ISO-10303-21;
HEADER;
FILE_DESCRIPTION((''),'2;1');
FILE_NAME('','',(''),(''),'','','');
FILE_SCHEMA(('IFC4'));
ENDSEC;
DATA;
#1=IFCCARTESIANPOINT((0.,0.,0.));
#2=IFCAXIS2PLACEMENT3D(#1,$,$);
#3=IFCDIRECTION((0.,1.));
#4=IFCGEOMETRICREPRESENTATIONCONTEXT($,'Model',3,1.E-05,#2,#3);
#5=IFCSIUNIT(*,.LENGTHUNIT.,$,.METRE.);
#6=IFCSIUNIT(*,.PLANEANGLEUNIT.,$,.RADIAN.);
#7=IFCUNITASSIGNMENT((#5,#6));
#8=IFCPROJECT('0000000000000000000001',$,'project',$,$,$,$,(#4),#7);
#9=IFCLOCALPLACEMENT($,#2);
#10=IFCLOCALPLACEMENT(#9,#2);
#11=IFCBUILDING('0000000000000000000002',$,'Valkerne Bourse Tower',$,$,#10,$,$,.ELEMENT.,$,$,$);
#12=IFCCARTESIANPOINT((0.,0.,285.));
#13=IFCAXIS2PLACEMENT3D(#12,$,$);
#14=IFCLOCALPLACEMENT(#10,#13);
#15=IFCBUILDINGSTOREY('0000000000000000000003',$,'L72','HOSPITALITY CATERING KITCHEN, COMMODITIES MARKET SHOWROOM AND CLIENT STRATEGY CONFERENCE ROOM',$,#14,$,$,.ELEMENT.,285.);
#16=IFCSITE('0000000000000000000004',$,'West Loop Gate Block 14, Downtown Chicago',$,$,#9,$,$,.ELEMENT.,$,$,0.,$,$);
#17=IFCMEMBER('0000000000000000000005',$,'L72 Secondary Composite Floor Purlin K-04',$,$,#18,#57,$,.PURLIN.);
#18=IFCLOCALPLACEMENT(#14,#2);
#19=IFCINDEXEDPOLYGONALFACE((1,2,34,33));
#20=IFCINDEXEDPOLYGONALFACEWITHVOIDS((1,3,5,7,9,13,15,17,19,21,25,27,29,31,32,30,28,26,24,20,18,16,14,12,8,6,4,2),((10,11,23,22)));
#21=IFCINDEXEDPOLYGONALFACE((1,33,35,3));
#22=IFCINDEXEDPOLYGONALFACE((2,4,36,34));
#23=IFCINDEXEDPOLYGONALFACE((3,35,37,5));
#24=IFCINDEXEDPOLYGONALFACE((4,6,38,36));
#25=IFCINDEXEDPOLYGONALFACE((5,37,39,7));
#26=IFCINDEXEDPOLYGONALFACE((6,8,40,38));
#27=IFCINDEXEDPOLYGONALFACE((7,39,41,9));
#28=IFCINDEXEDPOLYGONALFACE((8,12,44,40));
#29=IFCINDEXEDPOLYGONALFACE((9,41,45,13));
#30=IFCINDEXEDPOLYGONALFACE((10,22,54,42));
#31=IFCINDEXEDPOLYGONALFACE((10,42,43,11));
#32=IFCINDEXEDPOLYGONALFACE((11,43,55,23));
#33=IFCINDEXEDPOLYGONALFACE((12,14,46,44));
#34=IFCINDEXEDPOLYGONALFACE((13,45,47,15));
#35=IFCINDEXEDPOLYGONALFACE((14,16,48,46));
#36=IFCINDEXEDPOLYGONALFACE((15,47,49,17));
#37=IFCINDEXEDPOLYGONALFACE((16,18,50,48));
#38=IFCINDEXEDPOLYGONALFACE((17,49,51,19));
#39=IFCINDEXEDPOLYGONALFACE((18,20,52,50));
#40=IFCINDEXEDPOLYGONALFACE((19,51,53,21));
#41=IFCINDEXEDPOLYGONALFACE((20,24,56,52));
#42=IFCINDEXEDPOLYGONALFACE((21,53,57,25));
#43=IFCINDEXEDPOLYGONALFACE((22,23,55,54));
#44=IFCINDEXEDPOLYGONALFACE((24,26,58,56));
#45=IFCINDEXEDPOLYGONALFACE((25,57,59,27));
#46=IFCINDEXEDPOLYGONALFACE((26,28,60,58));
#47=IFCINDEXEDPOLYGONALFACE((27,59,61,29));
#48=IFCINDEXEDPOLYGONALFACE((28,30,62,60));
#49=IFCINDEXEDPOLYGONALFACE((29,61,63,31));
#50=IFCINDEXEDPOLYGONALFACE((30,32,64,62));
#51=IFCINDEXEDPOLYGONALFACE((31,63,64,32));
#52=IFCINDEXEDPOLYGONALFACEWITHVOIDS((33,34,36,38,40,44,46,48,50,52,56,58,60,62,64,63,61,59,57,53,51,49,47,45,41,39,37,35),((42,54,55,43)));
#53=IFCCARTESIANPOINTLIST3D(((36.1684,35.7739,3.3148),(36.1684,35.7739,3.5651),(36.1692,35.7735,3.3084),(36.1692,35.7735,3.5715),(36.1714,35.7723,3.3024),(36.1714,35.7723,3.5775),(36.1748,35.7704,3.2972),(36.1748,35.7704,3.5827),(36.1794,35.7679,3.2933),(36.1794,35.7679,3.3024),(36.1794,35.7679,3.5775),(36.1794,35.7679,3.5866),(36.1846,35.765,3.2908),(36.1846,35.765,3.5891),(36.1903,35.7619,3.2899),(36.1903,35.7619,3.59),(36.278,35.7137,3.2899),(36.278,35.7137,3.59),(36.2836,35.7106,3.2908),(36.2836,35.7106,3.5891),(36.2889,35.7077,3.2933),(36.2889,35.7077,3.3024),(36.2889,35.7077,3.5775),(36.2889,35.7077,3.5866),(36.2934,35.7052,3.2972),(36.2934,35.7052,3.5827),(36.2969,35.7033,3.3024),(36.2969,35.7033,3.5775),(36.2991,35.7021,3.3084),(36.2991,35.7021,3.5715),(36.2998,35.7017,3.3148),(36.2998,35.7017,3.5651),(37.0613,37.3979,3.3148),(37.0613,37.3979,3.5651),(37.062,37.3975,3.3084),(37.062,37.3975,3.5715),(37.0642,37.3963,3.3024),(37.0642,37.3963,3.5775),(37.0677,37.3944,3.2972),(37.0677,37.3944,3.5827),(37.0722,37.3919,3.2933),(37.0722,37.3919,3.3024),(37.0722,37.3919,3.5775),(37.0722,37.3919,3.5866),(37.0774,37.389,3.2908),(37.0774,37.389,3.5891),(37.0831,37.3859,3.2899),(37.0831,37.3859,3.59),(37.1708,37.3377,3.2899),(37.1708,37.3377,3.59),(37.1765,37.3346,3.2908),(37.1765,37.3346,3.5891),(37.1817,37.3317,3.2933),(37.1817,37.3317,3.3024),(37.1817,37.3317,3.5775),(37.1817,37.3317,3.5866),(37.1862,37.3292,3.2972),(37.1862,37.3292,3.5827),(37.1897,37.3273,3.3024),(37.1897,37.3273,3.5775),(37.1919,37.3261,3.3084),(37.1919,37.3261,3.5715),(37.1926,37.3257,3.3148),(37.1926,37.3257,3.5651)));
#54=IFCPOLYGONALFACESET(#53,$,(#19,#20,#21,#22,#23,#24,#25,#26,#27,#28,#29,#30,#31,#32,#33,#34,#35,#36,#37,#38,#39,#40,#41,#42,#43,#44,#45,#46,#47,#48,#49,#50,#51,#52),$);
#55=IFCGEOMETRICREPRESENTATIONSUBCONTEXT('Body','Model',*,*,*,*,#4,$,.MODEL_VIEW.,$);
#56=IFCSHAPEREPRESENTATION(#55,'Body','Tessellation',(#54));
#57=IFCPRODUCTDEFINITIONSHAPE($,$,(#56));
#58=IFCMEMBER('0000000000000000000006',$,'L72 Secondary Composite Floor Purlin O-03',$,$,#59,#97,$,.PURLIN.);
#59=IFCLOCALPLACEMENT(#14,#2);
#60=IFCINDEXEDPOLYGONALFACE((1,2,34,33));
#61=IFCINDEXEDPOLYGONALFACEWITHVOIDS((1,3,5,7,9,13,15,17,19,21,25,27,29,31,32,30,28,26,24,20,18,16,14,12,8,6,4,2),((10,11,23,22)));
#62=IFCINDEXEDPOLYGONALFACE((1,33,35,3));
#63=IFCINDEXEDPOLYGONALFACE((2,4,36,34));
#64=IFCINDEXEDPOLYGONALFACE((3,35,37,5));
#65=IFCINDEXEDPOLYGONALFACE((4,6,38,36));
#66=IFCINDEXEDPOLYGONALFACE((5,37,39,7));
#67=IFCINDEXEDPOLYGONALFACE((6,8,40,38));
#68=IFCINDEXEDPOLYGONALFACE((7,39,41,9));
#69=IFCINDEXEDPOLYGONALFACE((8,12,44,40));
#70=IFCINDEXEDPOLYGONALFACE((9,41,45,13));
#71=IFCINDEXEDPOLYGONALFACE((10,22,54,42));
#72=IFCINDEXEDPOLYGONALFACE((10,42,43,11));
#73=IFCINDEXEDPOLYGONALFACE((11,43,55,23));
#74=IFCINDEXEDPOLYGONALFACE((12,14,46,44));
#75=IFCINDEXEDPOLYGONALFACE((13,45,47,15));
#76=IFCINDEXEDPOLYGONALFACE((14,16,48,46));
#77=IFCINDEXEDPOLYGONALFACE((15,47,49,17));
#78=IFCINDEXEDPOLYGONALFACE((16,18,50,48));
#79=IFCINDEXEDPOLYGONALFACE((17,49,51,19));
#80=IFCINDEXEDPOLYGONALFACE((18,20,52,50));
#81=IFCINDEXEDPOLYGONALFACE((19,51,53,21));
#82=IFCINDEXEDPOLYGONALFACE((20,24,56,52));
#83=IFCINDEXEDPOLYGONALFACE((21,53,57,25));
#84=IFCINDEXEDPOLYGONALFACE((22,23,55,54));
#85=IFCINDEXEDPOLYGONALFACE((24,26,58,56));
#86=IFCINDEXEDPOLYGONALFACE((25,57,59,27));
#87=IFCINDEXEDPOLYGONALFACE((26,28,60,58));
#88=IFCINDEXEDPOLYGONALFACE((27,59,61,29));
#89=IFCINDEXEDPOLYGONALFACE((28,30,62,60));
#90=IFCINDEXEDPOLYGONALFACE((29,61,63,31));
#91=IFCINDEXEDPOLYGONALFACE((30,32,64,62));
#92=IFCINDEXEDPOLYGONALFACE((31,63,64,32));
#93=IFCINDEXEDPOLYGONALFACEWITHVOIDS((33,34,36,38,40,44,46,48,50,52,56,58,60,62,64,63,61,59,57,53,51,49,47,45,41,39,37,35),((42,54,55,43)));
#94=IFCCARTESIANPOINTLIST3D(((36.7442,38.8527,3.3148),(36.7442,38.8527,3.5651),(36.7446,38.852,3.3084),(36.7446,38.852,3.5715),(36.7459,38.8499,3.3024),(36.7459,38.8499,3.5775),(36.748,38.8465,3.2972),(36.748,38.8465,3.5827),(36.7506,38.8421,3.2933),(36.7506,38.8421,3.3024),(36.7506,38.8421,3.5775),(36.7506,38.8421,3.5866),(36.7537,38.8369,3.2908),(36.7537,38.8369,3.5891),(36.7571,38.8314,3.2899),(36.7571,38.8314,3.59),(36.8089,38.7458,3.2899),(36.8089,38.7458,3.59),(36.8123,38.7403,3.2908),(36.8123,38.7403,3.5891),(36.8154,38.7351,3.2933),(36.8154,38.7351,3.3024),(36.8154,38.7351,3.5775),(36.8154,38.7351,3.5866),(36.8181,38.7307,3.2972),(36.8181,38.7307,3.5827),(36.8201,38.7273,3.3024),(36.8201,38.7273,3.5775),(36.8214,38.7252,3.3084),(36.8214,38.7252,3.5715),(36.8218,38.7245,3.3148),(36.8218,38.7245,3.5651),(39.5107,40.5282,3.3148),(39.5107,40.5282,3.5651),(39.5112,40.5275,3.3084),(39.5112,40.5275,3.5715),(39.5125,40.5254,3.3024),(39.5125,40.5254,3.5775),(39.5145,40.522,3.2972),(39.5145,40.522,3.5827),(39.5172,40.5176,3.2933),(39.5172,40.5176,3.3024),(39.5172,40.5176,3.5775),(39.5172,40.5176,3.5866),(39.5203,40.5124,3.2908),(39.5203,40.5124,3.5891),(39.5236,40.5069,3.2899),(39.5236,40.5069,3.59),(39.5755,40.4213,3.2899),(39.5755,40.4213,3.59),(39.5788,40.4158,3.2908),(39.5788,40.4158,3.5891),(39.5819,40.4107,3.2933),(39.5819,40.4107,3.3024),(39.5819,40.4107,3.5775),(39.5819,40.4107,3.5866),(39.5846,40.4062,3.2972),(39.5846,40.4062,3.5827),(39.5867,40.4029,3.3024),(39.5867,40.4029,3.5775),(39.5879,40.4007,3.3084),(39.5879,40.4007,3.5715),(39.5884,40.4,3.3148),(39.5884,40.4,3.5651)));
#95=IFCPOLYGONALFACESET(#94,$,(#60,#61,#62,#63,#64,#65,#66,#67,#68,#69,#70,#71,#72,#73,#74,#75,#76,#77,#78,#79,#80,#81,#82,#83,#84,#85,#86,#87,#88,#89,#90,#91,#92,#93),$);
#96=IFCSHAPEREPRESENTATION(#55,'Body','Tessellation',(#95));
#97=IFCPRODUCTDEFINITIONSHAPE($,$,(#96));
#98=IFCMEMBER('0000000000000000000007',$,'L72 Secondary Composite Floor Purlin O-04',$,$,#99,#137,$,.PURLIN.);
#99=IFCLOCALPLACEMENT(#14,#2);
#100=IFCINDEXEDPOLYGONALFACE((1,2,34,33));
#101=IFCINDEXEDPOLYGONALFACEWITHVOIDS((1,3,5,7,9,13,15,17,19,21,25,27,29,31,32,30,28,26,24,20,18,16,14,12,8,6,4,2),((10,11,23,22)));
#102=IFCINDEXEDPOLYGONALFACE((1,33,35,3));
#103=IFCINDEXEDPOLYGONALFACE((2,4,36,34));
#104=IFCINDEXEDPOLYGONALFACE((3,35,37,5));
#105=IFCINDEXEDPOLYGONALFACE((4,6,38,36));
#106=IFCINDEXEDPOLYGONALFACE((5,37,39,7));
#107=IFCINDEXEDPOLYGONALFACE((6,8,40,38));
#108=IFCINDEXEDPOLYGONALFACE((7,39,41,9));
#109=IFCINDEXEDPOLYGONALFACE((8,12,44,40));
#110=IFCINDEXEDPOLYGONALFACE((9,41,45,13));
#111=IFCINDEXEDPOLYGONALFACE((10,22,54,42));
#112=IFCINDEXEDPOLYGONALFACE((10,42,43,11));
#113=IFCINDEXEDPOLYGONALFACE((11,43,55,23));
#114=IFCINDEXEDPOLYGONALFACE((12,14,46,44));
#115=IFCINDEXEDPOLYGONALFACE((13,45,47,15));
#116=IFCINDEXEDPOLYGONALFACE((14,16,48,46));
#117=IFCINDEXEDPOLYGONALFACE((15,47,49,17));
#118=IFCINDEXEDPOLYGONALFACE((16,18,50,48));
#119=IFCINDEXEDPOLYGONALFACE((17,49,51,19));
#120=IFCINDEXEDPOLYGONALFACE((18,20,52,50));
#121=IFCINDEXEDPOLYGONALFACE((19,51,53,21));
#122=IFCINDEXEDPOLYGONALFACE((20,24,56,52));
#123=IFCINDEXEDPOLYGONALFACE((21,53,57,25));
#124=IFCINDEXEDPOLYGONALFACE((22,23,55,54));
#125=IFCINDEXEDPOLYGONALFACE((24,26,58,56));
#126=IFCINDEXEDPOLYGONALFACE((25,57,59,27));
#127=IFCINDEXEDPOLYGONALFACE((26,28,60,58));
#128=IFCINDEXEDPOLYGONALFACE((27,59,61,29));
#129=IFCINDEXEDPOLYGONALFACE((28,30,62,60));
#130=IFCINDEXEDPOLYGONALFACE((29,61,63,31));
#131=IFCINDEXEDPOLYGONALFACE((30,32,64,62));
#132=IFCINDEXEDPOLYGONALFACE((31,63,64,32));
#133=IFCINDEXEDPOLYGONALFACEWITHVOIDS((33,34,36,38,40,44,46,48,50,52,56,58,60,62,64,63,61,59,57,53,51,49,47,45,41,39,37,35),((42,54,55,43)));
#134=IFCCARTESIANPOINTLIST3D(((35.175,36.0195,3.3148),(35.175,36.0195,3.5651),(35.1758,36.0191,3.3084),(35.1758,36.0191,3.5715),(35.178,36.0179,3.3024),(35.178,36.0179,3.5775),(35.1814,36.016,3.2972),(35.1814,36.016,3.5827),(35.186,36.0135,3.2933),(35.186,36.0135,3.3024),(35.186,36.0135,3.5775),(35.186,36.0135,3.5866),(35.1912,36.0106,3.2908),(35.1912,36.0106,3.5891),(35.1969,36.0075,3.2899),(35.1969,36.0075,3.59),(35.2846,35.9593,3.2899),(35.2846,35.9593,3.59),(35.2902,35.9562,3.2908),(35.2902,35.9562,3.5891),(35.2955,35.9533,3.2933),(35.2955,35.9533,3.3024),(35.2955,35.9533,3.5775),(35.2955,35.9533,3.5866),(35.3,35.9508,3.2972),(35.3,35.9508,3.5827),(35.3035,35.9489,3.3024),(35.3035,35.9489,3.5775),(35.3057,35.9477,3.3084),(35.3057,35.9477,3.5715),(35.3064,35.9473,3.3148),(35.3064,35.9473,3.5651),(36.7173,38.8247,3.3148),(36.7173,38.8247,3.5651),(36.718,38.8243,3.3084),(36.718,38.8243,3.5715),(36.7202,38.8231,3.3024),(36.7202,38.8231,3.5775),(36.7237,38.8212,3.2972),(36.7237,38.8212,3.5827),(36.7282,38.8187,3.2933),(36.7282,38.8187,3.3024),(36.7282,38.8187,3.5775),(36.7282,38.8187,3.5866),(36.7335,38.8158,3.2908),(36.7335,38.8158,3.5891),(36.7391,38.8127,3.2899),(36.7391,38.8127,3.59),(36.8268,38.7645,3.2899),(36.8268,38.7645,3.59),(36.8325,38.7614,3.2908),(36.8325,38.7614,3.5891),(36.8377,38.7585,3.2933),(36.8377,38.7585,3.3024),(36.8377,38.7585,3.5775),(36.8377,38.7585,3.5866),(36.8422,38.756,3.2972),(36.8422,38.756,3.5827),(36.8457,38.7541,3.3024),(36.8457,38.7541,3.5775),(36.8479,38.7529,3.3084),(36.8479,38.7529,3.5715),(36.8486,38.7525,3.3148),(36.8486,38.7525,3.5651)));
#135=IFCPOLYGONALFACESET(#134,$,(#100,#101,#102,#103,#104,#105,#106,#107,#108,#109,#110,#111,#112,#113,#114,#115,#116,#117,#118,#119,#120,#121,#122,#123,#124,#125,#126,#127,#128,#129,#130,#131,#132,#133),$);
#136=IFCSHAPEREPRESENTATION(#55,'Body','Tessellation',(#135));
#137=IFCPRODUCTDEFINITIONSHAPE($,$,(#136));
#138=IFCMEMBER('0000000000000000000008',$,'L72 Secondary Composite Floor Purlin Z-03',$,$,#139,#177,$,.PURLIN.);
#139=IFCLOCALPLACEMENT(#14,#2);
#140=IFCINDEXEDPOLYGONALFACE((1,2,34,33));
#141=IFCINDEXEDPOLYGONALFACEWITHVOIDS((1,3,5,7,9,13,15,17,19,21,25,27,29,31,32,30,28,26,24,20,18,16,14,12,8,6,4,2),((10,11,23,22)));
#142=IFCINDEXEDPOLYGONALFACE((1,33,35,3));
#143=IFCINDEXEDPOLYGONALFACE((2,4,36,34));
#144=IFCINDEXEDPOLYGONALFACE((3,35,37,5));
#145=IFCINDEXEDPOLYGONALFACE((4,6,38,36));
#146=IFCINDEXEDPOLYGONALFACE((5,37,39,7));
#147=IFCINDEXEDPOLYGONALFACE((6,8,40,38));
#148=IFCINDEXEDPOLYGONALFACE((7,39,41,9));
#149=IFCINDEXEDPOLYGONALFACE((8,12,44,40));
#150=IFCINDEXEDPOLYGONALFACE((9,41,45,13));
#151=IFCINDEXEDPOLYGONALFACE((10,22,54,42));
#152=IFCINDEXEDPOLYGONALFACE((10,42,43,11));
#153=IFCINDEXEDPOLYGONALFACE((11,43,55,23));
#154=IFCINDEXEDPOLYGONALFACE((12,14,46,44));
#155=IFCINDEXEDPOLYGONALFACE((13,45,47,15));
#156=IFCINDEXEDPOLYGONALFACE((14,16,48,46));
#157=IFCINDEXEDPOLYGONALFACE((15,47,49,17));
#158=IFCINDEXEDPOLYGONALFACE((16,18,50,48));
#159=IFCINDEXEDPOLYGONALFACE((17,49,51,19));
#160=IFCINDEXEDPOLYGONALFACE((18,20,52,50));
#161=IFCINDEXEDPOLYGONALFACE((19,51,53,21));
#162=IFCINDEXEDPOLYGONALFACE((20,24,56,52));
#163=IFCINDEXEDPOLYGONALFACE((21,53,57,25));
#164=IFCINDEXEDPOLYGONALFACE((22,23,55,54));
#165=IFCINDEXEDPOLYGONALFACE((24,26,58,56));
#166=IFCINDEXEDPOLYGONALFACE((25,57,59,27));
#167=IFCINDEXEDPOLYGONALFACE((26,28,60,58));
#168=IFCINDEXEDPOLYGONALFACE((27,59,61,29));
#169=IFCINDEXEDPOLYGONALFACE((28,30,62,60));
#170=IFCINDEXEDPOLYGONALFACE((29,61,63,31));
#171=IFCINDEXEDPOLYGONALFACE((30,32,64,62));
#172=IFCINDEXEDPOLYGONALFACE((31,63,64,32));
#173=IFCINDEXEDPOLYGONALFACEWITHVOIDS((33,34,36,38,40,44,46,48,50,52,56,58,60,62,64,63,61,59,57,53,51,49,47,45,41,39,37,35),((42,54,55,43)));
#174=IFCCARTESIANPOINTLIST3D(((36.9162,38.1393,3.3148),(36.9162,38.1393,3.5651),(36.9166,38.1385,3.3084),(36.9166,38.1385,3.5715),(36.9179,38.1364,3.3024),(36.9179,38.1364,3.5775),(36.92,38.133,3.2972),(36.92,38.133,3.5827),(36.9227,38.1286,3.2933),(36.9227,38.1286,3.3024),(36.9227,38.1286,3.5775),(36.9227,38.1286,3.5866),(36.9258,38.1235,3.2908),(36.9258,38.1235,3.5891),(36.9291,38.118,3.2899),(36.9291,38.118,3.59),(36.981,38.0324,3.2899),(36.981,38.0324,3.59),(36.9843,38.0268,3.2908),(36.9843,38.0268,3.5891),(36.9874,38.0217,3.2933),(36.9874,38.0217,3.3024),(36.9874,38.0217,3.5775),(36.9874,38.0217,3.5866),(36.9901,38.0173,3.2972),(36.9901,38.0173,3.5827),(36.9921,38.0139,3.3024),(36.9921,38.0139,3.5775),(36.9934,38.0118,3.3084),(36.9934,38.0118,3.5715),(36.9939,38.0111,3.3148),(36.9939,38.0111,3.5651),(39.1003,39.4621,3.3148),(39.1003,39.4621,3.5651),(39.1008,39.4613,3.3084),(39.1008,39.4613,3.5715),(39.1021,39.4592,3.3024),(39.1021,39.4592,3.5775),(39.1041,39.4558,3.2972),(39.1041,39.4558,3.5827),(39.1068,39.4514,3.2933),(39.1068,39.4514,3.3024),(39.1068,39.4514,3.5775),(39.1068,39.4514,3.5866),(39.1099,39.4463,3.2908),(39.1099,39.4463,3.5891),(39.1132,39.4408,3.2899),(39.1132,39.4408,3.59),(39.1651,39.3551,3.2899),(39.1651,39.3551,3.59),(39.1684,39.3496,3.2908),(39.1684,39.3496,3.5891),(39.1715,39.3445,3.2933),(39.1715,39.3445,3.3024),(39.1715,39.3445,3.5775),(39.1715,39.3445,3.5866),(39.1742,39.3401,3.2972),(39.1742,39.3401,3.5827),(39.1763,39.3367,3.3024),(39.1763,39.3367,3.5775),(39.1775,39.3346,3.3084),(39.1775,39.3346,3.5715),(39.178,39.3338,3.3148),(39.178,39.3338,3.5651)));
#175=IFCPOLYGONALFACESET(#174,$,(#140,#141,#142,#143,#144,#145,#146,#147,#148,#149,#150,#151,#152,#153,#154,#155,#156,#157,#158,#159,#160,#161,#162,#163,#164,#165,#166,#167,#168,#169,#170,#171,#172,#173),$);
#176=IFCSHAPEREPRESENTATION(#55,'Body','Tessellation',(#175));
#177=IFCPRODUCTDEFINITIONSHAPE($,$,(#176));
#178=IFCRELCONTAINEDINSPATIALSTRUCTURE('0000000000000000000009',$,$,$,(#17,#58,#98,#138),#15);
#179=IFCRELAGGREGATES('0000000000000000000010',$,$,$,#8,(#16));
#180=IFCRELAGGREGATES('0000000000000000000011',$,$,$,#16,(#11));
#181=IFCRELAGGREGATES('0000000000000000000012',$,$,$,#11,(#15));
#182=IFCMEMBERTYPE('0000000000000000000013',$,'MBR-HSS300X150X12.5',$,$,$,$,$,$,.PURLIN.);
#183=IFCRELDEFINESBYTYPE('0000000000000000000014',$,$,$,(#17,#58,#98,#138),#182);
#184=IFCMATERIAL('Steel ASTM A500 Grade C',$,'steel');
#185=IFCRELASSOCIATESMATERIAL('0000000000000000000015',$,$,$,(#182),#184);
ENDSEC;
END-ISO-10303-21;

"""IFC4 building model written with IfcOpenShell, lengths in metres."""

from ifc_helpers import new_model, si_unit, direction, frame, origin, origin_2d, place, context, subcontext, project, spatial, hollow_rectangle, extrude, material, material_profile, profile_set, type_object, element, save


model = new_model("IFC4")

# Units and contexts
model_context = context("Model", 3, precision=1e-05, world=origin(), true_north=direction((0.0, 1.0)))
body_context = subcontext(model_context, "Body", "Model", "MODEL_VIEW")
ifc_project = project(units=[si_unit("LENGTHUNIT", "METRE"), si_unit("PLANEANGLEUNIT", "RADIAN")], contexts=[model_context])

# Site, building, storey
site_placement = place(None, origin())
site = spatial("IfcSite", under=ifc_project, at=site_placement, Name="West Loop Gate Block 14, Downtown Chicago", CompositionType="ELEMENT", RefElevation=0.0)
building_placement = place(site_placement, origin())
building = spatial("IfcBuilding", under=site, at=building_placement, Name="Valkerne Bourse Tower", CompositionType="ELEMENT")
storey_placement = place(building_placement, frame((0.0, 0.0, 285.0)))
storey = spatial("IfcBuildingStorey", under=building, at=storey_placement, Name="L72", Description="HOSPITALITY CATERING KITCHEN, COMMODITIES MARKET SHOWROOM AND CLIENT STRATEGY CONFERENCE ROOM", CompositionType="ELEMENT", Elevation=285.0)

# Members
ifc_material_1 = material(Name="Steel ASTM A500 Grade C", Category="steel")
ifc_material_profile_1 = material_profile(ifc_material_1, hollow_rectangle(XDim=0.1499, YDim=0.3, WallThickness=0.0125, OuterFilletRadius=0.0249, at=origin_2d()), Name="HSS300X150X12.5")
ifc_profile_set_1 = profile_set([ifc_material_profile_1], Name="Steel ASTM A500 Grade C")
member_type_1 = type_object("IfcMemberType", Name="MBR-HSS300X150X12.5", PredefinedType="PURLIN", material=ifc_profile_set_1)
member_1_placement = place(storey_placement, frame((37.127, 37.3618, 3.4399), z_axis=(-0.481757, -0.876305, 0.0), x_axis=(0.876305, -0.481757, 0.0)))
element("IfcMember", 1, at=member_1_placement, inside=storey, type_object=member_type_1, Name="L72 Secondary Composite Floor Purlin K-04", PredefinedType="PURLIN", context=body_context, shape_type="SweptSolid", body=[
    extrude(hollow_rectangle(XDim=0.1499, YDim=0.3, WallThickness=0.0125, OuterFilletRadius=0.0249, at=origin_2d()), origin(), (0.0, 0.0, 1.0), 1.8533),
])
member_2_placement = place(storey_placement, frame((39.5496, 40.4641, 3.4399), z_axis=(-0.855361, -0.518032, 0.0), x_axis=(0.518032, -0.855361, 0.0)))
element("IfcMember", 2, at=member_2_placement, inside=storey, type_object=member_type_1, Name="L72 Secondary Composite Floor Purlin O-03", PredefinedType="PURLIN", context=body_context, shape_type="SweptSolid", body=[
    extrude(hollow_rectangle(XDim=0.1499, YDim=0.3, WallThickness=0.0125, OuterFilletRadius=0.0249, at=origin_2d()), origin(), (0.0, 0.0, 1.0), 3.2344),
])
member_3_placement = place(storey_placement, frame((36.783, 38.7886, 3.4399), z_axis=(-0.481772, -0.876296, 0.0), x_axis=(0.876296, -0.481772, 0.0)))
element("IfcMember", 3, at=member_3_placement, inside=storey, type_object=member_type_1, Name="L72 Secondary Composite Floor Purlin O-04", PredefinedType="PURLIN", context=body_context, shape_type="SweptSolid", body=[
    extrude(hollow_rectangle(XDim=0.1499, YDim=0.3, WallThickness=0.0125, OuterFilletRadius=0.0249, at=origin_2d()), origin(), (0.0, 0.0, 1.0), 3.2012),
])
member_4_placement = place(storey_placement, frame((39.1392, 39.3979, 3.4399), z_axis=(-0.85536, -0.518035, 0.0), x_axis=(0.518035, -0.85536, 0.0)))
element("IfcMember", 4, at=member_4_placement, inside=storey, type_object=member_type_1, Name="L72 Secondary Composite Floor Purlin Z-03", PredefinedType="PURLIN", context=body_context, shape_type="SweptSolid", body=[
    extrude(hollow_rectangle(XDim=0.1499, YDim=0.3, WallThickness=0.0125, OuterFilletRadius=0.0249, at=origin_2d()), origin(), (0.0, 0.0, 1.0), 2.5535),
])

save(model, "model.ifc")
